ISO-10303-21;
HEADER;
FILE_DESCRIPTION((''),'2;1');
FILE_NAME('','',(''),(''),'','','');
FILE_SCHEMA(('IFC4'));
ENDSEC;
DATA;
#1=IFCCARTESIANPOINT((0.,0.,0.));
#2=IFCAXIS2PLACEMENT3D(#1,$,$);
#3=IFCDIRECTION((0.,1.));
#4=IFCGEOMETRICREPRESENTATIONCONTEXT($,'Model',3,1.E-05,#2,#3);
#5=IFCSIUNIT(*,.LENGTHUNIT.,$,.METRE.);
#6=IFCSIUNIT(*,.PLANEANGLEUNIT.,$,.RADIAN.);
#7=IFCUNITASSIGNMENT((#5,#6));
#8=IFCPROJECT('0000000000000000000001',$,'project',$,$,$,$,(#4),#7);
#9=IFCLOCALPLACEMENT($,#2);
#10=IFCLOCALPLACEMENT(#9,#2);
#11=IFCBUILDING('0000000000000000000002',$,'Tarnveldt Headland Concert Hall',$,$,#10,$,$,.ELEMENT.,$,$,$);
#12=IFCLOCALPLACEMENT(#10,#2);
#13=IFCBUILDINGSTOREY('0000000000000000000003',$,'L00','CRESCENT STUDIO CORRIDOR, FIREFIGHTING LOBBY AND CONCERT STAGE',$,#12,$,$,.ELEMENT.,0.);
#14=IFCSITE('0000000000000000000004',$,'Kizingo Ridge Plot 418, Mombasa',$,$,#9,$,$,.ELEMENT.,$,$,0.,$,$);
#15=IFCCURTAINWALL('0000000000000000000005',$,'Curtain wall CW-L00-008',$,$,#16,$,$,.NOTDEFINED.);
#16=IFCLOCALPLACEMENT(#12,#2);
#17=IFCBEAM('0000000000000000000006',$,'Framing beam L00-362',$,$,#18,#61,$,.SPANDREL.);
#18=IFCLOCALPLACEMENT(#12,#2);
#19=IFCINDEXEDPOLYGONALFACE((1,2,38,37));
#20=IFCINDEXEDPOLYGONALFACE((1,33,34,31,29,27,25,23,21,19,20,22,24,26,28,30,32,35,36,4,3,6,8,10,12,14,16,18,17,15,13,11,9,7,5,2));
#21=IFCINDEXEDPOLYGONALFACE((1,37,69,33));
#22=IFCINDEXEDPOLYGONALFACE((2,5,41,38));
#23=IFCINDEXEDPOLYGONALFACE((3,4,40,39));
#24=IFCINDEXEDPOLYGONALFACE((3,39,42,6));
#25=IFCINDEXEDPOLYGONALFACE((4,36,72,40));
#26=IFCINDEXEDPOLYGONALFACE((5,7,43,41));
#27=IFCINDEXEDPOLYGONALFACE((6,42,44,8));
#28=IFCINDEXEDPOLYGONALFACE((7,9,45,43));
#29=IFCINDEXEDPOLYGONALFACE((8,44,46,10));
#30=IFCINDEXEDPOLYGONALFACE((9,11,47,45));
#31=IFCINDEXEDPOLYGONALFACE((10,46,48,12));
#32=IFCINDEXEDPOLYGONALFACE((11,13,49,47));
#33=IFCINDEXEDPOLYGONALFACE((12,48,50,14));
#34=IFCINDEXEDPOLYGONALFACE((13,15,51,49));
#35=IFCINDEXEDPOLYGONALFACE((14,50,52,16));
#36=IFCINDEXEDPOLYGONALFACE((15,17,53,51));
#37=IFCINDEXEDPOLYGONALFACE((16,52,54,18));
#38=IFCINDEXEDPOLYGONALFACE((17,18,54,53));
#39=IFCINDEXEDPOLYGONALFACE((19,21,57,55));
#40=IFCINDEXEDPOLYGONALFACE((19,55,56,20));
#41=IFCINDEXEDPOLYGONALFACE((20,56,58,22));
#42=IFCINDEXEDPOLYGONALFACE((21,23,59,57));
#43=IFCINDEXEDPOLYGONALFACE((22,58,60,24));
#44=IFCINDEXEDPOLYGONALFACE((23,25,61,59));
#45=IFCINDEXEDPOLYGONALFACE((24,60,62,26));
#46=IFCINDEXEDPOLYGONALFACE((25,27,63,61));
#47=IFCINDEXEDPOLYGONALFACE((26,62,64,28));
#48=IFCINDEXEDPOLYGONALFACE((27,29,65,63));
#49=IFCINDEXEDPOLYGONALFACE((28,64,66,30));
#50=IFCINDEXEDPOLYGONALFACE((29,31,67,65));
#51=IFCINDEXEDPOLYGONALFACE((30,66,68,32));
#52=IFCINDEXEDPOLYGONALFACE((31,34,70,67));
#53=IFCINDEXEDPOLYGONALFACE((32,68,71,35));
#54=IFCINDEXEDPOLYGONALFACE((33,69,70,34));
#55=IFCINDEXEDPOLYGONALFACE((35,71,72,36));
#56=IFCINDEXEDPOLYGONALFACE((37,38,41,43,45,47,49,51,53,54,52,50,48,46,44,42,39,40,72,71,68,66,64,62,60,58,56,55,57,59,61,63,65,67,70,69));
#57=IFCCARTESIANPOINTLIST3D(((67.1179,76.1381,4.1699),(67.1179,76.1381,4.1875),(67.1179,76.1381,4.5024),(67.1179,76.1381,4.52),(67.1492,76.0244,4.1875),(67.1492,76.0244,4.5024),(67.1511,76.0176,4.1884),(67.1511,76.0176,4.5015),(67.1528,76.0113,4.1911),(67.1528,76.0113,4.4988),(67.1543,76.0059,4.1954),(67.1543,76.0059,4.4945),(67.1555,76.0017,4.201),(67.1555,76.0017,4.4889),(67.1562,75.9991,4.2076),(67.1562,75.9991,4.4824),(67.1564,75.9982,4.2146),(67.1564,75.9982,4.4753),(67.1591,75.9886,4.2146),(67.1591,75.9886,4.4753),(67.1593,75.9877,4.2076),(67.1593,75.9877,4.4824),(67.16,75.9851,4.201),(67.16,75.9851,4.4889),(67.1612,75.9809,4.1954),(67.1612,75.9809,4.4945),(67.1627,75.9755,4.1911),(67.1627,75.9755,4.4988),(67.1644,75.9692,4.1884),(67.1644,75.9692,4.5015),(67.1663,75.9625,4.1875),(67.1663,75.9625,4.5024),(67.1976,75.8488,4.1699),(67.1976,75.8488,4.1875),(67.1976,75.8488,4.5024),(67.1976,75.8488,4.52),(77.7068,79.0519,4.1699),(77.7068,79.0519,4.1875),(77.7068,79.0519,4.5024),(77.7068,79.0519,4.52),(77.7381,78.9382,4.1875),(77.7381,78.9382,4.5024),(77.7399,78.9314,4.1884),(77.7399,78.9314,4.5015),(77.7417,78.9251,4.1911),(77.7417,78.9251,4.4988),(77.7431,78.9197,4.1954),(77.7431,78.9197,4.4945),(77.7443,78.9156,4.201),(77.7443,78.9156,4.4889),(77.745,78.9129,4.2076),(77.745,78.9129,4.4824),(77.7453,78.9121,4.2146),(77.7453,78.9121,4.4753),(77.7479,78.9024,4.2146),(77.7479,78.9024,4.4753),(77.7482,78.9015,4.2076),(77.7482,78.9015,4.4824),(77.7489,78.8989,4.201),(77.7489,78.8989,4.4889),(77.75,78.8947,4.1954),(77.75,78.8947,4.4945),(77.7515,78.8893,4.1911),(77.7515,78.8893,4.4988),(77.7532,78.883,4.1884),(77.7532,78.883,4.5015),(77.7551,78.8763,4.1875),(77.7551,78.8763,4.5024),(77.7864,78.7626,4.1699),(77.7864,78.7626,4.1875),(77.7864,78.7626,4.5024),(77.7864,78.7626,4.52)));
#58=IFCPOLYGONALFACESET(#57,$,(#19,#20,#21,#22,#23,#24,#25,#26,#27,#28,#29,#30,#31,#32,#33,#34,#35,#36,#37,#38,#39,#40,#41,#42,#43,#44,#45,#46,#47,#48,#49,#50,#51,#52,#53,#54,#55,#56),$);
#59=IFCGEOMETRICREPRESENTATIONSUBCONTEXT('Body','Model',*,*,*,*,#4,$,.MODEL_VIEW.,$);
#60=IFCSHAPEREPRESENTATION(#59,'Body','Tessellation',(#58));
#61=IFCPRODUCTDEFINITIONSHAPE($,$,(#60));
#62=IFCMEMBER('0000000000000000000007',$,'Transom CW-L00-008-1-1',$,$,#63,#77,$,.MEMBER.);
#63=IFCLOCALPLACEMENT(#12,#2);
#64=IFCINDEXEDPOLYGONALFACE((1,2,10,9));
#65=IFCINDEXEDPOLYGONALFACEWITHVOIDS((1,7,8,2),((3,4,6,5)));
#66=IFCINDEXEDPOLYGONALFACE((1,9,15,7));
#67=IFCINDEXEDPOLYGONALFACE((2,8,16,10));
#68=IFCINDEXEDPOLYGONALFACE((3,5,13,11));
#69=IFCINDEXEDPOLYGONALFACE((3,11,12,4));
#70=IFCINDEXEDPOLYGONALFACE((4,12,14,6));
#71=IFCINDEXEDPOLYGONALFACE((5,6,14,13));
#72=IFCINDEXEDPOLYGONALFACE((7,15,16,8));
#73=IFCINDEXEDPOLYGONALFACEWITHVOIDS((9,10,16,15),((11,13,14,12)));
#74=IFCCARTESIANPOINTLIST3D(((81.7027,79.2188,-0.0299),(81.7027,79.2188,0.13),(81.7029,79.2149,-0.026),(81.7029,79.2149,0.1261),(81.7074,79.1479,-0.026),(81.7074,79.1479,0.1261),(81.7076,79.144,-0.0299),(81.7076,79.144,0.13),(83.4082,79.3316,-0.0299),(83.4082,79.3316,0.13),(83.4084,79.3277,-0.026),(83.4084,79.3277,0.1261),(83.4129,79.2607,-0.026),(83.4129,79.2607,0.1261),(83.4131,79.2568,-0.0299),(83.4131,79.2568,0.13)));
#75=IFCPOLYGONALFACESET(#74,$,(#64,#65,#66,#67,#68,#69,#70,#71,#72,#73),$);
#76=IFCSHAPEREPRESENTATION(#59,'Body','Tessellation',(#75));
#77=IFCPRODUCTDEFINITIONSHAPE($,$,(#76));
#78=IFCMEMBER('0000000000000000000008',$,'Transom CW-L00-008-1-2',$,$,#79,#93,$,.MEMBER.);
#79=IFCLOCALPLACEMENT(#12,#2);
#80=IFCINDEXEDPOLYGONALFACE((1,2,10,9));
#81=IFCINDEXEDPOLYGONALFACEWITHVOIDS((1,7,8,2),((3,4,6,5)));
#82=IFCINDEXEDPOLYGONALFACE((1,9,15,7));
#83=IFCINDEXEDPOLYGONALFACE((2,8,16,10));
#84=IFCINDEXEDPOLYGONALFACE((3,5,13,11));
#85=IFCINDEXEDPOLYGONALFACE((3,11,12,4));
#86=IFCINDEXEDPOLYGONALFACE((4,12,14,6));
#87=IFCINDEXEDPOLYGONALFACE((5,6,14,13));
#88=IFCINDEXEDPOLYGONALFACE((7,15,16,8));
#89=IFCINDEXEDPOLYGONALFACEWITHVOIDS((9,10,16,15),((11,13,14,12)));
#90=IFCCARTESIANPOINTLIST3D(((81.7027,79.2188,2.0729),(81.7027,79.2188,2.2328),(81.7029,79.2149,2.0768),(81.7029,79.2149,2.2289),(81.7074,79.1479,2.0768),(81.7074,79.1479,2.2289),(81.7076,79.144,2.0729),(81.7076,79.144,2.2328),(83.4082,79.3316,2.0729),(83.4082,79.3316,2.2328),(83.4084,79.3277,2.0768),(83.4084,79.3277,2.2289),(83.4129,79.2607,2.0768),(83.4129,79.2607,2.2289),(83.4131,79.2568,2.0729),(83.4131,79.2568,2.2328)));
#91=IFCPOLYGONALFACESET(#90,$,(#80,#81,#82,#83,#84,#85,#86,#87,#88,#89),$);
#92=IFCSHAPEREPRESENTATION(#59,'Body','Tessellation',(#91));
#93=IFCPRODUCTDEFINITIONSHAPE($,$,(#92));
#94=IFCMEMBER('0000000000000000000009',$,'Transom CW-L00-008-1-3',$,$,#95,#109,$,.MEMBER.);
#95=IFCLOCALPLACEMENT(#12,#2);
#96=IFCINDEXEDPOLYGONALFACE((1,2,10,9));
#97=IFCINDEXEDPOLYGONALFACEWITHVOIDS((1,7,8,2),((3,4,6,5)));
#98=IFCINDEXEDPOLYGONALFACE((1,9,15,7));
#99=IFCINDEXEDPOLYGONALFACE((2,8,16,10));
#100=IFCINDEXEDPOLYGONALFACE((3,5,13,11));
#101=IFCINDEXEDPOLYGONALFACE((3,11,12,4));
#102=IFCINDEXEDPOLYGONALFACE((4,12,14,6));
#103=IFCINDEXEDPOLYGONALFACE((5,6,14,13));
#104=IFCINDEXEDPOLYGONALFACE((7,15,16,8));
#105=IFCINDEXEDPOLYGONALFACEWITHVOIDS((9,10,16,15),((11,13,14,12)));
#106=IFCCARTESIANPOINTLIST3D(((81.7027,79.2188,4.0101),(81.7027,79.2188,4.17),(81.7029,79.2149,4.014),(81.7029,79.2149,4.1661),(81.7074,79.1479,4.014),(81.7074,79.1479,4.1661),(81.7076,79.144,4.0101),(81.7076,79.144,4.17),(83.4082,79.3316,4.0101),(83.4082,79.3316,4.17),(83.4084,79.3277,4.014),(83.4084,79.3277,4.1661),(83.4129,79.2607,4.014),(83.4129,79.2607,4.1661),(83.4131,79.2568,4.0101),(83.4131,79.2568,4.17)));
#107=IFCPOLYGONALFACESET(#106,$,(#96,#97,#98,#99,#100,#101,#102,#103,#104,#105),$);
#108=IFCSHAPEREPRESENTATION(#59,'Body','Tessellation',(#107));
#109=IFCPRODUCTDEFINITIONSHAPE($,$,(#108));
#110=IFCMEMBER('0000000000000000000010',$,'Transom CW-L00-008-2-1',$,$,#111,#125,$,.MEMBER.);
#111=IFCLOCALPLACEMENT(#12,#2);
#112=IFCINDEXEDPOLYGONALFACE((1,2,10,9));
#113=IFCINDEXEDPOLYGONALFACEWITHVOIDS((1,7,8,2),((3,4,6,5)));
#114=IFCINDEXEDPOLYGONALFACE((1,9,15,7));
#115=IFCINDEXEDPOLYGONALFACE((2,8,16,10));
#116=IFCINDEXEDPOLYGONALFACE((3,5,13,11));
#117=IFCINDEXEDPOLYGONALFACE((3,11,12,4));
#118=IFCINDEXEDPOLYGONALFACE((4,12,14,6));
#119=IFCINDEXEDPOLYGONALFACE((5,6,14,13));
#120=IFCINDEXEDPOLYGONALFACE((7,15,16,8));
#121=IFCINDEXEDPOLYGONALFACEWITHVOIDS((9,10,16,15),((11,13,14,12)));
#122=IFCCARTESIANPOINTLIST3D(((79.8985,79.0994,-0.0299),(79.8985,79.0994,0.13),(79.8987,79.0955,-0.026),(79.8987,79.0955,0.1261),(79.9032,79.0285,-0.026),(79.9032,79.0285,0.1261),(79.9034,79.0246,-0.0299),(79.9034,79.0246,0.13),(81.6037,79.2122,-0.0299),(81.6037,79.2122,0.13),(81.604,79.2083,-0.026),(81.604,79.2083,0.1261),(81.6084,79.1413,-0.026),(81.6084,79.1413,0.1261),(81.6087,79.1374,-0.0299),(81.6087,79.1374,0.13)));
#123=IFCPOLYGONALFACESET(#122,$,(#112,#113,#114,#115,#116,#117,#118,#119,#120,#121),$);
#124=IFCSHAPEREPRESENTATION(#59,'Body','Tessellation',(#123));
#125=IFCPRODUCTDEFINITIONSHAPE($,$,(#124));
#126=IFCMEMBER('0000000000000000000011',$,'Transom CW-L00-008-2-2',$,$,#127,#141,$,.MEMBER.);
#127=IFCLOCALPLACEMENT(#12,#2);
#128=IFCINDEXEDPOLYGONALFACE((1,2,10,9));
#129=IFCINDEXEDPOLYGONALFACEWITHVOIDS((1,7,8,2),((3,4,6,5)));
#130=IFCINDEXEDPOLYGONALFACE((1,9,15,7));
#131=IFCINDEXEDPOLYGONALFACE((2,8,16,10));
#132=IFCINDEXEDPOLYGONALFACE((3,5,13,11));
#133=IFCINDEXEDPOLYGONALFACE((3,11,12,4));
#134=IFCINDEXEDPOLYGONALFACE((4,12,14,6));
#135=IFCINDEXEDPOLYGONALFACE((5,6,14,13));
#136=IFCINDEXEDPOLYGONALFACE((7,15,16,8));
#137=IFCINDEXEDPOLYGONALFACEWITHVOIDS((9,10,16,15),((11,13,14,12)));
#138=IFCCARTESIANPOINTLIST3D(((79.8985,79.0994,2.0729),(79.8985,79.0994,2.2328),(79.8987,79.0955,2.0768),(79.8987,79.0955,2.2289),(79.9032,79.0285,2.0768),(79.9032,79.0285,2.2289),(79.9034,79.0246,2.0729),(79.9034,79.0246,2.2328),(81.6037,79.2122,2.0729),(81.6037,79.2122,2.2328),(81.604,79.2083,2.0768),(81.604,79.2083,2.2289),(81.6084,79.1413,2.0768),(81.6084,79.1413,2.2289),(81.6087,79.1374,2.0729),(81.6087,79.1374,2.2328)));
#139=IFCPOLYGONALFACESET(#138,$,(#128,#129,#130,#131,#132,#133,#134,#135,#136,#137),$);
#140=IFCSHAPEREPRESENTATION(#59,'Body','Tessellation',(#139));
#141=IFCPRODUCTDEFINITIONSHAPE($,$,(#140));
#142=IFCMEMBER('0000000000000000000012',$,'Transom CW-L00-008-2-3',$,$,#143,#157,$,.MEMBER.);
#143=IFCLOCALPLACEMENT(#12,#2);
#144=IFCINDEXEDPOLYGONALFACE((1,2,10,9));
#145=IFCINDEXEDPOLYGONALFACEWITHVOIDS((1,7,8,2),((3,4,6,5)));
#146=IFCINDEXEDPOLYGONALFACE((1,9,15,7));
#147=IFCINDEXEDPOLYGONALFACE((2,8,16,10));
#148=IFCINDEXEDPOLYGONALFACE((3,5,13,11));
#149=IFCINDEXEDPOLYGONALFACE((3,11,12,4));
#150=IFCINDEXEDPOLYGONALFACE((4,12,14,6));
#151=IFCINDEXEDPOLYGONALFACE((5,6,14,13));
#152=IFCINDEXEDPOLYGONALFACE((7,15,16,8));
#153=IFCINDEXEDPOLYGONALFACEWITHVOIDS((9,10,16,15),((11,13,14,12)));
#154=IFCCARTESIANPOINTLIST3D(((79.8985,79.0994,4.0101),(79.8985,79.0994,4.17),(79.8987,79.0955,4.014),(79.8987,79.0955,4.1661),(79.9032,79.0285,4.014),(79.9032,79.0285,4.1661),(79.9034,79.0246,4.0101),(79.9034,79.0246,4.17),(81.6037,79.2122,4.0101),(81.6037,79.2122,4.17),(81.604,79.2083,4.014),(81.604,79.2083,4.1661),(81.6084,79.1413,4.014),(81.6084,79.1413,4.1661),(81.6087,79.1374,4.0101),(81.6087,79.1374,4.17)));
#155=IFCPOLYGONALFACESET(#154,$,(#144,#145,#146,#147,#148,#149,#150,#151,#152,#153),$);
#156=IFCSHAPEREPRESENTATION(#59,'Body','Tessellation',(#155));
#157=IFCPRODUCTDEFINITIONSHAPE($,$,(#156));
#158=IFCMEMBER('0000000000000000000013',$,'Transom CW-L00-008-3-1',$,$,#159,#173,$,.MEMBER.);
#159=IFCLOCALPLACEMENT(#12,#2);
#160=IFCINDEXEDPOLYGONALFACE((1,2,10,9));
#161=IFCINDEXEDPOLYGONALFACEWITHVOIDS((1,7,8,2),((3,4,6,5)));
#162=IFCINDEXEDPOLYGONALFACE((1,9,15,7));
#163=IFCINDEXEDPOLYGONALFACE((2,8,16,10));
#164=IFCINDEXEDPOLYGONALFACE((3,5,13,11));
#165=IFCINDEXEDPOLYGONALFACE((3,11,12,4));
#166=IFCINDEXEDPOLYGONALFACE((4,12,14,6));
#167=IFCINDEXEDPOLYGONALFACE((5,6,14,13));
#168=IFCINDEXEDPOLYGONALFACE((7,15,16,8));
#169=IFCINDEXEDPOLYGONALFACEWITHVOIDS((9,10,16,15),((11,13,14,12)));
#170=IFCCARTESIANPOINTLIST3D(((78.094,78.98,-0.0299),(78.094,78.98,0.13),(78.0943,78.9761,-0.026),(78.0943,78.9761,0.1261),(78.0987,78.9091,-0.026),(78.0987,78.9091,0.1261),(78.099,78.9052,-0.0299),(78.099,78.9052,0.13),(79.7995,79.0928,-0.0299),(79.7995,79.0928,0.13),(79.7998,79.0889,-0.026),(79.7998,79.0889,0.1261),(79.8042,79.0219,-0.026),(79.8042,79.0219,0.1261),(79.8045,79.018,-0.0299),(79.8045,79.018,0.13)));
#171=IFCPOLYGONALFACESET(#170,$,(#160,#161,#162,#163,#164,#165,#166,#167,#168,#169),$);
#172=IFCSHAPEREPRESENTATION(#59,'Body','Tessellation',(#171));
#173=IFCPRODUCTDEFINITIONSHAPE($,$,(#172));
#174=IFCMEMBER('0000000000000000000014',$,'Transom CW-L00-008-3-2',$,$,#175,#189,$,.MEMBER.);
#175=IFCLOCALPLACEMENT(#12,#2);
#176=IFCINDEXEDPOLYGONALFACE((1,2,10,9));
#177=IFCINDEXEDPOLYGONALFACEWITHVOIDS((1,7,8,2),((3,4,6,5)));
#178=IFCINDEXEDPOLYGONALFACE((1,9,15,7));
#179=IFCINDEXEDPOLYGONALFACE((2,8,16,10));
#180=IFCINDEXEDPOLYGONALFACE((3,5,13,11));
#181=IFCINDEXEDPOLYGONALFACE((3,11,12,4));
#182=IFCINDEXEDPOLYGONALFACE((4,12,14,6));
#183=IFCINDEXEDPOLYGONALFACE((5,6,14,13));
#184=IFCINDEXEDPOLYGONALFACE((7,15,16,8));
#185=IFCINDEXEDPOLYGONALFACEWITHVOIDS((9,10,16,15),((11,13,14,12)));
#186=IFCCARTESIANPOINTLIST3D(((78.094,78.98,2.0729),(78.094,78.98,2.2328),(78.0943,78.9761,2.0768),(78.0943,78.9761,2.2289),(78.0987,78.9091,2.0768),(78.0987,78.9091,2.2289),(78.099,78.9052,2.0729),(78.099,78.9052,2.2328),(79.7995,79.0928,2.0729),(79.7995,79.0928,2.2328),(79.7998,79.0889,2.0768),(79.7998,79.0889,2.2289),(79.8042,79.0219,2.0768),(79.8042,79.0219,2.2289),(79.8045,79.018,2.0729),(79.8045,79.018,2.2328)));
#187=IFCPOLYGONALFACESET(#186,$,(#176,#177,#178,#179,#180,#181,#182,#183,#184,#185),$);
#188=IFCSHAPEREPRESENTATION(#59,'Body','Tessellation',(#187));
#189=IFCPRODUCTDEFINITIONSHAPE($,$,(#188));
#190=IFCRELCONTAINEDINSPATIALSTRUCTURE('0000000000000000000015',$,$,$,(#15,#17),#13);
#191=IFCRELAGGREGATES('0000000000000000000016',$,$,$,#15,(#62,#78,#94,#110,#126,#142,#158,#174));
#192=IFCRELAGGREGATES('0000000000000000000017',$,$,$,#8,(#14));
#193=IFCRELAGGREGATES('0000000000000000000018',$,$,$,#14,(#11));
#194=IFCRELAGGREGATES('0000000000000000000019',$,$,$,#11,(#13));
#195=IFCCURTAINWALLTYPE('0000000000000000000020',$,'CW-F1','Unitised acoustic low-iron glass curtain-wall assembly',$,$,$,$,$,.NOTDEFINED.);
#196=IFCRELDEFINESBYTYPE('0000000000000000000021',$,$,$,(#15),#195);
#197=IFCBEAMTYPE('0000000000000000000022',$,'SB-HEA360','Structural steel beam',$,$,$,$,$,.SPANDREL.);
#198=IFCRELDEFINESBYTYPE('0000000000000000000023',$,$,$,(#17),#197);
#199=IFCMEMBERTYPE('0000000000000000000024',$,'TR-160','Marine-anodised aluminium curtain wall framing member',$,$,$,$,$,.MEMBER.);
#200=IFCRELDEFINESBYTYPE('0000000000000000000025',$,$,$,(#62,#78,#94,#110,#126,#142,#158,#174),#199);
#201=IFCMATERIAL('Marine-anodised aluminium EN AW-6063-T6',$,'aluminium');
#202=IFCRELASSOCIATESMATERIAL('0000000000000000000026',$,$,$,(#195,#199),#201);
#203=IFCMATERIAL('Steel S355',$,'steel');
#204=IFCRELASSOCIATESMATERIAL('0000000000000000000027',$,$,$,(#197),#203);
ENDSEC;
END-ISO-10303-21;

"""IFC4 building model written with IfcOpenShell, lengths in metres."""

from ifc_helpers import new_model, si_unit, direction, frame, origin, origin_2d, place, context, subcontext, project, spatial, hollow_rectangle, i_section, extrude, material, material_profile, profile_set, type_object, element, aggregate, save


model = new_model("IFC4")

# Units and contexts
model_context = context("Model", 3, precision=1e-05, world=origin(), true_north=direction((0.0, 1.0)))
body_context = subcontext(model_context, "Body", "Model", "MODEL_VIEW")
ifc_project = project(units=[si_unit("LENGTHUNIT", "METRE"), si_unit("PLANEANGLEUNIT", "RADIAN")], contexts=[model_context])

# Site, building, storey
site_placement = place(None, origin())
site = spatial("IfcSite", under=ifc_project, at=site_placement, Name="Kizingo Ridge Plot 418, Mombasa", CompositionType="ELEMENT", RefElevation=0.0)
building_placement = place(site_placement, origin())
building = spatial("IfcBuilding", under=site, at=building_placement, Name="Tarnveldt Headland Concert Hall", CompositionType="ELEMENT")
storey_placement = place(building_placement, origin())
storey = spatial("IfcBuildingStorey", under=building, at=storey_placement, Name="L00", Description="CRESCENT STUDIO CORRIDOR, FIREFIGHTING LOBBY AND CONCERT STAGE", CompositionType="ELEMENT", Elevation=0.0)

# Shared definitions
ifc_material_1 = material(Name="Steel S355", Category="steel")

# Curtain wall
ifc_material_2 = material(Name="Marine-anodised aluminium EN AW-6063-T6", Category="aluminium")
curtain_wall_type = type_object("IfcCurtainWallType", Name="CW-F1", Description="Unitised acoustic low-iron glass curtain-wall assembly", PredefinedType="NOTDEFINED", material=ifc_material_2)
curtain_wall_1_placement = place(storey_placement, origin())
curtain_wall_1 = element("IfcCurtainWall", 1, at=curtain_wall_1_placement, inside=storey, type_object=curtain_wall_type, Name="Curtain wall CW-L00-008", PredefinedType="NOTDEFINED")

# Beam
ifc_material_profile_1 = material_profile(ifc_material_1, i_section(OverallWidth=0.3, OverallDepth=0.3501, WebThickness=0.01, FlangeThickness=0.0176, FilletRadius=0.0271, at=origin_2d()), Name="HEA360", Category="steel")
ifc_profile_set_1 = profile_set([ifc_material_profile_1], Name="Steel S355")
beam_type = type_object("IfcBeamType", Name="SB-HEA360", Description="Structural steel beam", PredefinedType="SPANDREL", material=ifc_profile_set_1)
beam_placement = place(storey_placement, frame((77.7466, 78.9072, 4.345), z_axis=(-0.964162, -0.265316, 0.0), x_axis=(0.265316, -0.964162, 0.0)))
element("IfcBeam", 2, at=beam_placement, inside=storey, type_object=beam_type, Name="Framing beam L00-362", PredefinedType="SPANDREL", context=body_context, shape_type="SweptSolid", body=[
    extrude(i_section(OverallWidth=0.3, OverallDepth=0.3501, WebThickness=0.01, FlangeThickness=0.0176, FilletRadius=0.0271, at=origin_2d()), origin(), (0.0, 0.0, 1.0), 10.9824),
])

# Members
ifc_material_profile_2 = material_profile(ifc_material_2, hollow_rectangle(XDim=0.075, YDim=0.1599, WallThickness=0.0039, at=origin_2d()), Name="ALU TRANSOM 75x160x4", Category="aluminium")
ifc_profile_set_2 = profile_set([ifc_material_profile_2], Name="Marine-anodised aluminium EN AW-6063-T6")
member_type_1 = type_object("IfcMemberType", Name="TR-160", Description="Marine-anodised aluminium curtain wall framing member", PredefinedType="MEMBER", material=ifc_profile_set_2)
member_1_placement = place(storey_placement, frame((83.4106, 79.2942, 0.05), z_axis=(-0.99782, -0.065988, 0.0), x_axis=(0.065988, -0.99782, 0.0)))
member_1 = element("IfcMember", 3, at=member_1_placement, type_object=member_type_1, Name="Transom CW-L00-008-1-1", PredefinedType="MEMBER", context=body_context, shape_type="SweptSolid", body=[
    extrude(hollow_rectangle(XDim=0.075, YDim=0.1599, WallThickness=0.0039, at=origin_2d()), origin(), (0.0, 0.0, 1.0), 1.7092),
])
member_2_placement = place(storey_placement, frame((83.4106, 79.2942, 2.1528), z_axis=(-0.99782, -0.065988, 0.0), x_axis=(0.065988, -0.99782, 0.0)))
member_2 = element("IfcMember", 4, at=member_2_placement, type_object=member_type_1, Name="Transom CW-L00-008-1-2", PredefinedType="MEMBER", context=body_context, shape_type="SweptSolid", body=[
    extrude(hollow_rectangle(XDim=0.075, YDim=0.1599, WallThickness=0.0039, at=origin_2d()), origin(), (0.0, 0.0, 1.0), 1.7092),
])
member_3_placement = place(storey_placement, frame((83.4106, 79.2942, 4.0901), z_axis=(-0.99782, -0.065988, 0.0), x_axis=(0.065988, -0.99782, 0.0)))
member_3 = element("IfcMember", 5, at=member_3_placement, type_object=member_type_1, Name="Transom CW-L00-008-1-3", PredefinedType="MEMBER", context=body_context, shape_type="SweptSolid", body=[
    extrude(hollow_rectangle(XDim=0.075, YDim=0.1599, WallThickness=0.0039, at=origin_2d()), origin(), (0.0, 0.0, 1.0), 1.7092),
])
member_4_placement = place(storey_placement, frame((81.6062, 79.1748, 0.05), z_axis=(-0.99782, -0.065998, 0.0), x_axis=(0.065998, -0.99782, 0.0)))
member_4 = element("IfcMember", 6, at=member_4_placement, type_object=member_type_1, Name="Transom CW-L00-008-2-1", PredefinedType="MEMBER", context=body_context, shape_type="SweptSolid", body=[
    extrude(hollow_rectangle(XDim=0.075, YDim=0.1599, WallThickness=0.0039, at=origin_2d()), origin(), (0.0, 0.0, 1.0), 1.709),
])
member_5_placement = place(storey_placement, frame((81.6062, 79.1748, 2.1528), z_axis=(-0.99782, -0.065998, 0.0), x_axis=(0.065998, -0.99782, 0.0)))
member_5 = element("IfcMember", 7, at=member_5_placement, type_object=member_type_1, Name="Transom CW-L00-008-2-2", PredefinedType="MEMBER", context=body_context, shape_type="SweptSolid", body=[
    extrude(hollow_rectangle(XDim=0.075, YDim=0.1599, WallThickness=0.0039, at=origin_2d()), origin(), (0.0, 0.0, 1.0), 1.709),
])
member_6_placement = place(storey_placement, frame((81.6062, 79.1748, 4.0901), z_axis=(-0.99782, -0.065998, 0.0), x_axis=(0.065998, -0.99782, 0.0)))
member_6 = element("IfcMember", 8, at=member_6_placement, type_object=member_type_1, Name="Transom CW-L00-008-2-3", PredefinedType="MEMBER", context=body_context, shape_type="SweptSolid", body=[
    extrude(hollow_rectangle(XDim=0.075, YDim=0.1599, WallThickness=0.0039, at=origin_2d()), origin(), (0.0, 0.0, 1.0), 1.709),
])
member_7_placement = place(storey_placement, frame((79.802, 79.0554, 0.05), z_axis=(-0.99782, -0.065988, 0.0), x_axis=(0.065988, -0.99782, 0.0)))
member_7 = element("IfcMember", 9, at=member_7_placement, type_object=member_type_1, Name="Transom CW-L00-008-3-1", PredefinedType="MEMBER", context=body_context, shape_type="SweptSolid", body=[
    extrude(hollow_rectangle(XDim=0.075, YDim=0.1599, WallThickness=0.0039, at=origin_2d()), origin(), (0.0, 0.0, 1.0), 1.7092),
])
member_8_placement = place(storey_placement, frame((79.802, 79.0554, 2.1528), z_axis=(-0.99782, -0.065988, 0.0), x_axis=(0.065988, -0.99782, 0.0)))
member_8 = element("IfcMember", 10, at=member_8_placement, type_object=member_type_1, Name="Transom CW-L00-008-3-2", PredefinedType="MEMBER", context=body_context, shape_type="SweptSolid", body=[
    extrude(hollow_rectangle(XDim=0.075, YDim=0.1599, WallThickness=0.0039, at=origin_2d()), origin(), (0.0, 0.0, 1.0), 1.7092),
])

aggregate(curtain_wall_1, [member_1, member_2, member_3, member_4, member_5, member_6, member_7, member_8])

save(model, "model.ifc")
